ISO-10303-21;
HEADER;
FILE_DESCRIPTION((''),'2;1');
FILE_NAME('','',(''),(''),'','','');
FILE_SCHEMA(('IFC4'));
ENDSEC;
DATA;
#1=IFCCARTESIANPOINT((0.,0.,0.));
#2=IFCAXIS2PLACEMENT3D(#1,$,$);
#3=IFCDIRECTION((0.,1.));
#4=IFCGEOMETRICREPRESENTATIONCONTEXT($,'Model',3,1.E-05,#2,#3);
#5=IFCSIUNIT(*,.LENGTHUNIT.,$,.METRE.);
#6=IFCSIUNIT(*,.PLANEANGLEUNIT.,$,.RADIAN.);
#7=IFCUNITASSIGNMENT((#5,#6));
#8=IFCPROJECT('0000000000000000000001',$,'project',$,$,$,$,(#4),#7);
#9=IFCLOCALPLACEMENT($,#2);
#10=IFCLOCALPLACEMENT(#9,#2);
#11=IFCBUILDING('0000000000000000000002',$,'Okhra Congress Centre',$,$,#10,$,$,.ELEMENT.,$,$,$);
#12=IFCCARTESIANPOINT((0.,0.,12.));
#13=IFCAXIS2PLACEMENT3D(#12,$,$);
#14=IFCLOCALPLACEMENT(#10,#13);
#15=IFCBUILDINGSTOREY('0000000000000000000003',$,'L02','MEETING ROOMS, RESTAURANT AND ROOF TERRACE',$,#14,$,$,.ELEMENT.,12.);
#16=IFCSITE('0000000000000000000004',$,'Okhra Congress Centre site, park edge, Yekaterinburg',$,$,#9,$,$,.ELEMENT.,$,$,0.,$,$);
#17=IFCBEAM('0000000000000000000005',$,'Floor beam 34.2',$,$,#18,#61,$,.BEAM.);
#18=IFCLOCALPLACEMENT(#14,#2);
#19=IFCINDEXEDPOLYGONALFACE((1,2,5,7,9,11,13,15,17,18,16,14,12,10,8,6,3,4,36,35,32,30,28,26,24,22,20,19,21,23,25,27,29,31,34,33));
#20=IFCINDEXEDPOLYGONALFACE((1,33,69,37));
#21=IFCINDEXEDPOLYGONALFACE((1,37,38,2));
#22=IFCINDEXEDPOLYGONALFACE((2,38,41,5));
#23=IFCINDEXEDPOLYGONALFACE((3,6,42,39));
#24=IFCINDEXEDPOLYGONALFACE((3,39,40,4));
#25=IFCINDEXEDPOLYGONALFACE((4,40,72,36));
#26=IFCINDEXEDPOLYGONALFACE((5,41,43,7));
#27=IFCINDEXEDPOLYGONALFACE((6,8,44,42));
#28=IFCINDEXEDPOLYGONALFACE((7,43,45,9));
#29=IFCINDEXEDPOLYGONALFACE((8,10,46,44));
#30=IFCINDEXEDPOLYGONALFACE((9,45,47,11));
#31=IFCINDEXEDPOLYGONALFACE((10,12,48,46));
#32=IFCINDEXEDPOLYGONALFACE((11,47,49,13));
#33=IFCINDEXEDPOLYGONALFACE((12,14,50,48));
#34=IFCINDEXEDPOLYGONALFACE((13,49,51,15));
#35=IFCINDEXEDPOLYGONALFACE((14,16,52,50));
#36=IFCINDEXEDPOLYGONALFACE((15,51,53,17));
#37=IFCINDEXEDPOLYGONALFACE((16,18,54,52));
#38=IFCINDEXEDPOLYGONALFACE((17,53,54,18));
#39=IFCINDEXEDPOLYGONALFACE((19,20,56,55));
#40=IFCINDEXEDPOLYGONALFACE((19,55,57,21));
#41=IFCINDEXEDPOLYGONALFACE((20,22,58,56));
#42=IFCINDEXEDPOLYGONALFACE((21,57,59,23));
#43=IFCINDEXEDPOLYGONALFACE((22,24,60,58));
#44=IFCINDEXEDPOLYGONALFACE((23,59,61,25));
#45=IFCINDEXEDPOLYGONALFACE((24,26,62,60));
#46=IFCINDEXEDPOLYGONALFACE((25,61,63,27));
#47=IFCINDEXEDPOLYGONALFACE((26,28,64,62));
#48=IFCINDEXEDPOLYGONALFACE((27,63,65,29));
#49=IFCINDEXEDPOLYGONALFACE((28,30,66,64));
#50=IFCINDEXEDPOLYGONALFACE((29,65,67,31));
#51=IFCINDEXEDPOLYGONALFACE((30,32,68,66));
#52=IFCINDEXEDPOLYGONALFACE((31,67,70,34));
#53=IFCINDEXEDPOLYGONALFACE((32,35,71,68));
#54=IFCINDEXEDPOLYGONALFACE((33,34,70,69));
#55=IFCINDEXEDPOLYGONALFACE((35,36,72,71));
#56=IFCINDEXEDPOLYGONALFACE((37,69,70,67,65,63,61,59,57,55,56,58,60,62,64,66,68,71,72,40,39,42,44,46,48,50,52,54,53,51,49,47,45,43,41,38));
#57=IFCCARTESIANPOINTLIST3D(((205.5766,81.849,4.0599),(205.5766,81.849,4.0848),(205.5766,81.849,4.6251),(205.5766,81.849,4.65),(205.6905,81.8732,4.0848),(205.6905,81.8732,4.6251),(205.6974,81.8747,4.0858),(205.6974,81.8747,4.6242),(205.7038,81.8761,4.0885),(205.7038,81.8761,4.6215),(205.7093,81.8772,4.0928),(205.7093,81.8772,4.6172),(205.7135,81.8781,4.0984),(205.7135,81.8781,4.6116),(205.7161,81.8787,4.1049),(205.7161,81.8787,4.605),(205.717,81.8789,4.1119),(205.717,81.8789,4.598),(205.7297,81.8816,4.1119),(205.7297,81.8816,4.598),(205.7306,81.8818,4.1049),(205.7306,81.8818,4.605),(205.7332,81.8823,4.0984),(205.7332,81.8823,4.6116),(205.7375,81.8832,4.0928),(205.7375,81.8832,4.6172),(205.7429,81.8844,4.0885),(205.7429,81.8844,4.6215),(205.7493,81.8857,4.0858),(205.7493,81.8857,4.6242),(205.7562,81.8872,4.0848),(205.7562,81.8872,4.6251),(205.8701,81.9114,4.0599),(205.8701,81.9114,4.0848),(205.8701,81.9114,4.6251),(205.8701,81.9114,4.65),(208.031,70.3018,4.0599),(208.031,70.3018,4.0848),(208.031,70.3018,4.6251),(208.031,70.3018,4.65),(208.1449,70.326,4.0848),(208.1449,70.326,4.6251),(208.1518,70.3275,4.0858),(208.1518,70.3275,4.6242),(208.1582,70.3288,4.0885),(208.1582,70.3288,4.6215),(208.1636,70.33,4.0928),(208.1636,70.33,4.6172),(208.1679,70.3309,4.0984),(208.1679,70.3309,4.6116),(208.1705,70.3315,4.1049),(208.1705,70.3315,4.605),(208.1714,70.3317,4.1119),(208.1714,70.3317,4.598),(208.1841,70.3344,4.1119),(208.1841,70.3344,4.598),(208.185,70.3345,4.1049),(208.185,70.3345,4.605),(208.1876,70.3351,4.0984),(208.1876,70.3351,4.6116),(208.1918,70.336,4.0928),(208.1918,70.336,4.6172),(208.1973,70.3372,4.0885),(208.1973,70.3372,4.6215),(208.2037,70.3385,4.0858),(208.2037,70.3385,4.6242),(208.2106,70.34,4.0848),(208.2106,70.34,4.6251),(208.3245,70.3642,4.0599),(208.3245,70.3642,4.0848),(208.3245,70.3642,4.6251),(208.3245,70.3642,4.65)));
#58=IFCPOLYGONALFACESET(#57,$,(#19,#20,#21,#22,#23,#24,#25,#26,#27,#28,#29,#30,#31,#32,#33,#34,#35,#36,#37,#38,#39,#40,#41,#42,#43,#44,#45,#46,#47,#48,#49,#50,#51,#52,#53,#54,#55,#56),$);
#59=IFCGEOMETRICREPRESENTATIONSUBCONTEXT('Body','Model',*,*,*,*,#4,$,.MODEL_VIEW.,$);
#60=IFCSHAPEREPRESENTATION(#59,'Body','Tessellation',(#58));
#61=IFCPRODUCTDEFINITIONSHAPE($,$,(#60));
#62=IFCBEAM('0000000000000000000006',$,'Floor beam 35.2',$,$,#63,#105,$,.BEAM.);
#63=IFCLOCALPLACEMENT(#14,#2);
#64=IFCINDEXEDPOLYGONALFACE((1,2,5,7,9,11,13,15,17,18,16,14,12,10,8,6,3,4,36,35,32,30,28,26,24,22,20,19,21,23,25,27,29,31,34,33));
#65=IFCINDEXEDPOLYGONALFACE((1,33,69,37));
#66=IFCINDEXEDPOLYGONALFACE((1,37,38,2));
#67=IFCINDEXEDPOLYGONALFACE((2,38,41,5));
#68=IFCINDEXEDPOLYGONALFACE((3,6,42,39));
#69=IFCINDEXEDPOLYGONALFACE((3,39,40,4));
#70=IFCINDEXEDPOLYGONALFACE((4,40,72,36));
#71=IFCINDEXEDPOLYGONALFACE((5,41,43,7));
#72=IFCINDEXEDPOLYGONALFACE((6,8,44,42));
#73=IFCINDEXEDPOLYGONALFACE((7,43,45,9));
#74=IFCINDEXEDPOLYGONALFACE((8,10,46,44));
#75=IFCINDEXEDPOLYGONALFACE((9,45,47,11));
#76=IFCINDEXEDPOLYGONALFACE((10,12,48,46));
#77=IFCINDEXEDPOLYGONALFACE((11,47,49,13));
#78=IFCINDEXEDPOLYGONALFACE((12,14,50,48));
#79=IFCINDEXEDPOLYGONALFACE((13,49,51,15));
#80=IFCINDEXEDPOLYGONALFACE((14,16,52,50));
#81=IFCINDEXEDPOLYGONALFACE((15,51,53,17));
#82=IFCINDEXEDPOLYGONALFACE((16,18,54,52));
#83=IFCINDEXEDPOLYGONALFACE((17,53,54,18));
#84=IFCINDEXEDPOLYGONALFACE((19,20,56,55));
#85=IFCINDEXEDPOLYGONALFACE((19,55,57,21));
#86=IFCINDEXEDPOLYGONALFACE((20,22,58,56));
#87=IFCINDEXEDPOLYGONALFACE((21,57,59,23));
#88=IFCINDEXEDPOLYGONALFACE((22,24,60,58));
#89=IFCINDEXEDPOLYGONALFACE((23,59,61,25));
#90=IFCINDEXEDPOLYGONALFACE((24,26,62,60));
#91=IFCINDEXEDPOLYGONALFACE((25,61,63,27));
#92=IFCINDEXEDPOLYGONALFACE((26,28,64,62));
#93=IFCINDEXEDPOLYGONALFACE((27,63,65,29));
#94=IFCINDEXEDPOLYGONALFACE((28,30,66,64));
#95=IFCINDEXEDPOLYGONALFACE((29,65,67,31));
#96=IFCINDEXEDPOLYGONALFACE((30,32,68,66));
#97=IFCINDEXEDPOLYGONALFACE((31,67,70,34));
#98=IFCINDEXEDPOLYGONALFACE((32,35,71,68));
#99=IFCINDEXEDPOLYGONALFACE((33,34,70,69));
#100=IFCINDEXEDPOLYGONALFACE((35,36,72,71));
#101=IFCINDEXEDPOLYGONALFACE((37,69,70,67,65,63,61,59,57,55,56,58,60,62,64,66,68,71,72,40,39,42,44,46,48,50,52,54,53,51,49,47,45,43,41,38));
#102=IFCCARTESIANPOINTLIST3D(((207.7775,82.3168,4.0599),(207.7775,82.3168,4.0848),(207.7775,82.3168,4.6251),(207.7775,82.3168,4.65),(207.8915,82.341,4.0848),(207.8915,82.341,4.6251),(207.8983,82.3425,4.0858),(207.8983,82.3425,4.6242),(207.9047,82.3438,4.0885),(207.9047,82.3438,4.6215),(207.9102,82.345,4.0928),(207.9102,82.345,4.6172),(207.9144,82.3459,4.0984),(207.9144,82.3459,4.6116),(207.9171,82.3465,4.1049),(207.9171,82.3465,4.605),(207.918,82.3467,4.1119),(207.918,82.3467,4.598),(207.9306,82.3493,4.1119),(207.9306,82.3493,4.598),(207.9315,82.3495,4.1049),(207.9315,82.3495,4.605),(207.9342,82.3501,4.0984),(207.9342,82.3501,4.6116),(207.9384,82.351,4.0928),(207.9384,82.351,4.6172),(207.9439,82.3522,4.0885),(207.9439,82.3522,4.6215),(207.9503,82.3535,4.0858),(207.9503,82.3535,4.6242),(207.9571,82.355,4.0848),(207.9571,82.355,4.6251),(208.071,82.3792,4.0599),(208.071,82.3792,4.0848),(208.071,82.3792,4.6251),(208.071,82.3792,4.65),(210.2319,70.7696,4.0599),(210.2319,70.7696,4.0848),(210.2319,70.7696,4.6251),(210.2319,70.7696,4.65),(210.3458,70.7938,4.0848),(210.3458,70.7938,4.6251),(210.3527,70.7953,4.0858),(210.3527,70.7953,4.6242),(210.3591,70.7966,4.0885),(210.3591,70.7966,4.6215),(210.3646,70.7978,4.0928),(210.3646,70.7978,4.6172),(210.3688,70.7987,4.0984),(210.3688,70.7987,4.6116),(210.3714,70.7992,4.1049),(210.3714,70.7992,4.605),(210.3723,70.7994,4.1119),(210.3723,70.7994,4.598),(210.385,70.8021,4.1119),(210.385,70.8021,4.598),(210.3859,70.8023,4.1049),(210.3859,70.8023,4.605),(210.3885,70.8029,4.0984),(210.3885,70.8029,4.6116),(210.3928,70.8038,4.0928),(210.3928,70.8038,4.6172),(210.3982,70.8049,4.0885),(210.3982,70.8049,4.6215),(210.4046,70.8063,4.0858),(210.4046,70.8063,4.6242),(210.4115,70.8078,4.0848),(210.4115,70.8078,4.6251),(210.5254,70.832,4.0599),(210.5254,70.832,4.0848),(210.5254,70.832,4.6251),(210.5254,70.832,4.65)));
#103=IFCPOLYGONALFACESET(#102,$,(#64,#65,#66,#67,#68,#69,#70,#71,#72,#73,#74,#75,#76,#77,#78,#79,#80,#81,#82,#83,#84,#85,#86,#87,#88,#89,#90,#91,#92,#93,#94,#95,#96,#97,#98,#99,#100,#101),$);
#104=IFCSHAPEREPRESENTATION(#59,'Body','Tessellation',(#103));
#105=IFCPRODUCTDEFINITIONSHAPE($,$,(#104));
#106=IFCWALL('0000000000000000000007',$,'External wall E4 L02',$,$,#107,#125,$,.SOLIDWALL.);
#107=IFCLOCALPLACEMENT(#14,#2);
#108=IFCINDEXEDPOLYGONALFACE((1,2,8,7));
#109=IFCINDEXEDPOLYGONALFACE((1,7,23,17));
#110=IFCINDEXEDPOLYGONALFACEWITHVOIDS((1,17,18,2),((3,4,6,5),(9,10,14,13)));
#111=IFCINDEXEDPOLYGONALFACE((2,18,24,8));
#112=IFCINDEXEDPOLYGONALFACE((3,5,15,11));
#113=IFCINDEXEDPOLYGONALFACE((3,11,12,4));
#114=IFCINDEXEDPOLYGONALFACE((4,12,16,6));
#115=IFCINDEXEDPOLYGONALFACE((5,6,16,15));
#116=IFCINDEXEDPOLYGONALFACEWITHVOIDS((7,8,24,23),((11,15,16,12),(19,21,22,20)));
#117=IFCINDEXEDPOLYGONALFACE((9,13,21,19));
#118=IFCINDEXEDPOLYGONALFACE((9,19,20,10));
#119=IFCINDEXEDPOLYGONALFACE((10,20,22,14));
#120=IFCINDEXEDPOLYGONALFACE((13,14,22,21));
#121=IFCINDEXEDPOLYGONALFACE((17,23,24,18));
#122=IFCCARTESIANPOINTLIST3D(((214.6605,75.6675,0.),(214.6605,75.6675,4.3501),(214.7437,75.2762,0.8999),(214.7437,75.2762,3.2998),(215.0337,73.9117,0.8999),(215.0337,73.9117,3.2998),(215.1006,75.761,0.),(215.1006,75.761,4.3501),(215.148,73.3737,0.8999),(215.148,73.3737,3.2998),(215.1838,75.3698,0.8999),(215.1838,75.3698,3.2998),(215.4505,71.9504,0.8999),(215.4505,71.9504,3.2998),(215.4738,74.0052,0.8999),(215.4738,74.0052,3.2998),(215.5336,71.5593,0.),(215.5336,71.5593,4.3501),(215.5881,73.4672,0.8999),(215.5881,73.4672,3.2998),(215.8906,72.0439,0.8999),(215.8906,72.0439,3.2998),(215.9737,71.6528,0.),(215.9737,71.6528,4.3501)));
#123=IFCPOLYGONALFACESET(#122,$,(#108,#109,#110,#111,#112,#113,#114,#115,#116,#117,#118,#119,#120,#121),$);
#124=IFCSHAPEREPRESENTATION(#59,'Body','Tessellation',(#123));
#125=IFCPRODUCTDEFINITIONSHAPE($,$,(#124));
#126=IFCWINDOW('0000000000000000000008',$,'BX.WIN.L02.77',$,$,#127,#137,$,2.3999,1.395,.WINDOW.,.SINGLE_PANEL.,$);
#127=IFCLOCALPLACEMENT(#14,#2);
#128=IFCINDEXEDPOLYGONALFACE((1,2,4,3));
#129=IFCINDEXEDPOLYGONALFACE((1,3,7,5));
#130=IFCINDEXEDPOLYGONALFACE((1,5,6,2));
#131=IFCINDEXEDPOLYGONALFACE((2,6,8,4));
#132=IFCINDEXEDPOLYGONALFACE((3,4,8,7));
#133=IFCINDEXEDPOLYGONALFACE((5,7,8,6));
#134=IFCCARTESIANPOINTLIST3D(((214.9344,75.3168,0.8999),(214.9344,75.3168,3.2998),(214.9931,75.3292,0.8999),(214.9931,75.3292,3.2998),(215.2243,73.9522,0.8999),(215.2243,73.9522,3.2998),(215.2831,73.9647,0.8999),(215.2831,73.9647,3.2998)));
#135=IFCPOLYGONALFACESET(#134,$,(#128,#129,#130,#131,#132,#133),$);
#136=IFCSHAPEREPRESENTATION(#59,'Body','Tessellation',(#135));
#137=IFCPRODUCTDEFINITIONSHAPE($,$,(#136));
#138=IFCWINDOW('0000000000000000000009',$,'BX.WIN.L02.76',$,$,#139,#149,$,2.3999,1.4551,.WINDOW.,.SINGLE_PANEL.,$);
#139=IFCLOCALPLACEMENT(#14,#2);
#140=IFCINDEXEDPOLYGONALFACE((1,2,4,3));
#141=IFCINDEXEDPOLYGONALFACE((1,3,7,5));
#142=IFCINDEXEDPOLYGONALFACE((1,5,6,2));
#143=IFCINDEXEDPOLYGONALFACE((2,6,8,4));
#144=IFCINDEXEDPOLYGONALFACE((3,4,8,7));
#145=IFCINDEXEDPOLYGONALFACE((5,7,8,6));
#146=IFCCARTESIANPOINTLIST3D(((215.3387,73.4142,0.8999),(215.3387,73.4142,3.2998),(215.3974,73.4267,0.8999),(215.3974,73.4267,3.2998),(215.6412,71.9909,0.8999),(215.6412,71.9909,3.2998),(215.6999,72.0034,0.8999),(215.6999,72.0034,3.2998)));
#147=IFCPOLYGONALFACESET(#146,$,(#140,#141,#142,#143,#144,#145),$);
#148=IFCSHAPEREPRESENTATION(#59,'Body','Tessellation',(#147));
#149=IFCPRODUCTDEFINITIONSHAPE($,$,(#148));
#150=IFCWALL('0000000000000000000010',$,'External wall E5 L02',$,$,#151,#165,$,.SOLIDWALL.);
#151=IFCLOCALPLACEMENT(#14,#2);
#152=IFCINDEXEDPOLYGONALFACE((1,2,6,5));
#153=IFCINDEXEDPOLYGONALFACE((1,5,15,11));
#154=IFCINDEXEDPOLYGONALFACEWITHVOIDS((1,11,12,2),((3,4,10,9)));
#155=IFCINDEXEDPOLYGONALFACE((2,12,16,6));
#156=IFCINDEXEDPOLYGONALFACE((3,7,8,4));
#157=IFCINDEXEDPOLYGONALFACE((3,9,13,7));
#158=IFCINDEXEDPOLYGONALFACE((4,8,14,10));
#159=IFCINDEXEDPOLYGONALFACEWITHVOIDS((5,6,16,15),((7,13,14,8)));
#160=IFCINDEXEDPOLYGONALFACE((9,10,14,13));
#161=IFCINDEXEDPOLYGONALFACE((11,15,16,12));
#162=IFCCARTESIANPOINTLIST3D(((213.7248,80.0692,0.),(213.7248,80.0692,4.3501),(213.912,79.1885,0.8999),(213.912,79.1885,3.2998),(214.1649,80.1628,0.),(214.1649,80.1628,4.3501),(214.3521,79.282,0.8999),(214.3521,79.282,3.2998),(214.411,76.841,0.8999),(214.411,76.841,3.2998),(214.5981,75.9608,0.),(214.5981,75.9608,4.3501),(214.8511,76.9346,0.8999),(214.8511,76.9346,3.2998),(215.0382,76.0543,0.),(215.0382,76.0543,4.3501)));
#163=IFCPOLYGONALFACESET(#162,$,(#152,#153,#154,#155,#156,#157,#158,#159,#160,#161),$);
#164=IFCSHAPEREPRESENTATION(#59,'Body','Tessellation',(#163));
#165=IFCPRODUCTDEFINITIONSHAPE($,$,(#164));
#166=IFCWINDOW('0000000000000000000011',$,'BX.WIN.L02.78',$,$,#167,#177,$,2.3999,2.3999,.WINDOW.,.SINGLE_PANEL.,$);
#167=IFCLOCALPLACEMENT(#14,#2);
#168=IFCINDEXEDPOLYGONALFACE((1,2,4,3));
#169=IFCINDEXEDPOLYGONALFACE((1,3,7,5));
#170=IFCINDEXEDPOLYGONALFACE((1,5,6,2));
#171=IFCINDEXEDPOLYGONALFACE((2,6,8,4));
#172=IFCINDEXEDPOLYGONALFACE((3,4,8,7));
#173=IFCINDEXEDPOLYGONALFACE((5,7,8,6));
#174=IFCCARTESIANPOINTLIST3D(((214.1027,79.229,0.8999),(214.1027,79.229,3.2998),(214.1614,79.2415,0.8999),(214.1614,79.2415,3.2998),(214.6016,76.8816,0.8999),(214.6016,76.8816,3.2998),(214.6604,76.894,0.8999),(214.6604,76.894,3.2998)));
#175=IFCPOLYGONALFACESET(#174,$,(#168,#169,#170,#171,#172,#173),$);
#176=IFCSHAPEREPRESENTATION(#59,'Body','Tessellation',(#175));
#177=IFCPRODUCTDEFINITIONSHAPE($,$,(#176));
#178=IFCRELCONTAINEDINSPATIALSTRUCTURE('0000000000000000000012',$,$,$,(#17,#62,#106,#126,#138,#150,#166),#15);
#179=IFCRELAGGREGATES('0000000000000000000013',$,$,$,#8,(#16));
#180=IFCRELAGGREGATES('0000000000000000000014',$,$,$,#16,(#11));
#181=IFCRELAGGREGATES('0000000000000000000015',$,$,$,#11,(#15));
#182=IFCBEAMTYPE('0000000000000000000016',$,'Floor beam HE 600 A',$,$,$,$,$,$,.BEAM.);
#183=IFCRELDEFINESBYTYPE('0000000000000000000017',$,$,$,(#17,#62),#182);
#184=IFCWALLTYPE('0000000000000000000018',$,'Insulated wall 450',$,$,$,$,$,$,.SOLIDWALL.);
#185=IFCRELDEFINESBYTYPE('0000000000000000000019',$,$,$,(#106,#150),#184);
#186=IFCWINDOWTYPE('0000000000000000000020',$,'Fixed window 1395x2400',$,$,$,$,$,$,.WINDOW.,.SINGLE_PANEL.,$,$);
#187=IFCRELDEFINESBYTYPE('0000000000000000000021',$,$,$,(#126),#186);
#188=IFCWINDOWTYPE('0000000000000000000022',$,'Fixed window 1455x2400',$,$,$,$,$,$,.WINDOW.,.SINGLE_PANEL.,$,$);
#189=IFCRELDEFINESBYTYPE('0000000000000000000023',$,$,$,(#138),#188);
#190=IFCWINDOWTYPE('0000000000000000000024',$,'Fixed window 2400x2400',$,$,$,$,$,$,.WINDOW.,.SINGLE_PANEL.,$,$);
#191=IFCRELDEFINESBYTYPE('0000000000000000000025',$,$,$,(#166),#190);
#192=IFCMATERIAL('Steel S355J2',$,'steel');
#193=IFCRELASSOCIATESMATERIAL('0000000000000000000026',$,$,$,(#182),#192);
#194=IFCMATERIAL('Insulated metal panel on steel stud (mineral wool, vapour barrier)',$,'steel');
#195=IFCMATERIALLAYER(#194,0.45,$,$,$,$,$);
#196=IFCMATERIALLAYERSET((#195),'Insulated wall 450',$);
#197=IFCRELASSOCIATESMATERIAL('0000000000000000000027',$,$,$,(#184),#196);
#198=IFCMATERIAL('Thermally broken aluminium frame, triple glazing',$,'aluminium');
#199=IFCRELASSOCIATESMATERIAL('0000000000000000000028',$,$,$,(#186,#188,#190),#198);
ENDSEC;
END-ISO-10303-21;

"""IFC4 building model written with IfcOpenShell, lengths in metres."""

from ifc_helpers import new_model, si_unit, direction, frame, frame_2d, origin, origin_2d, place, context, subcontext, project, spatial, rectangle, i_section, extrude, material, layer, layer_set, material_profile, profile_set, type_object, element, fill, save


model = new_model("IFC4")

# Units and contexts
model_context = context("Model", 3, precision=1e-05, world=origin(), true_north=direction((0.0, 1.0)))
body_context = subcontext(model_context, "Body", "Model", "MODEL_VIEW")
ifc_project = project(units=[si_unit("LENGTHUNIT", "METRE"), si_unit("PLANEANGLEUNIT", "RADIAN")], contexts=[model_context])

# Site, building, storey
site_placement = place(None, origin())
site = spatial("IfcSite", under=ifc_project, at=site_placement, Name="Okhra Congress Centre site, park edge, Yekaterinburg", CompositionType="ELEMENT", RefElevation=0.0)
building_placement = place(site_placement, origin())
building = spatial("IfcBuilding", under=site, at=building_placement, Name="Okhra Congress Centre", CompositionType="ELEMENT")
storey_placement = place(building_placement, frame((0.0, 0.0, 12.0)))
storey = spatial("IfcBuildingStorey", under=building, at=storey_placement, Name="L02", Description="MEETING ROOMS, RESTAURANT AND ROOF TERRACE", CompositionType="ELEMENT", Elevation=12.0)

# Shared definitions
ifc_material_1 = material(Name="Steel S355J2", Category="steel")

# Beams
ifc_material_profile_1 = material_profile(ifc_material_1, i_section(OverallWidth=0.3, OverallDepth=0.5901, WebThickness=0.0129, FlangeThickness=0.0249, FilletRadius=0.0271, at=origin_2d()), Name="HE 600 A")
ifc_profile_set_1 = profile_set([ifc_material_profile_1], Name="Steel S355J2")
beam_type_1 = type_object("IfcBeamType", Name="Floor beam HE 600 A", PredefinedType="BEAM", material=ifc_profile_set_1)
for number, where, z_axis, x_axis, name in (
    (1, (208.1777, 70.333, 4.355), (-0.207906, 0.978149, 0.0), (-0.978149, -0.207906, 0.0), "Floor beam 34.2"),
    (2, (210.3787, 70.8008, 4.355), (-0.207906, 0.978149, 0.0), (-0.978149, -0.207906, 0.0), "Floor beam 35.2"),
):
    element("IfcBeam", number, at=place(storey_placement, frame(where, z_axis=z_axis, x_axis=x_axis)), inside=storey, type_object=beam_type_1, Name=name, PredefinedType="BEAM", context=body_context, shape_type="SweptSolid", body=[
        extrude(i_section(OverallWidth=0.3, OverallDepth=0.5901, WebThickness=0.0129, FlangeThickness=0.0249, FilletRadius=0.0271, at=origin_2d()), origin(), (0.0, 0.0, 1.0), 11.8052),
    ])

# Wall, openings, windows
ifc_material_2 = material(Name="Insulated metal panel on steel stud (mineral wool, vapour barrier)", Category="steel")
ifc_layer = layer(ifc_material_2, 0.45)
ifc_layer_set = layer_set([ifc_layer], Name="Insulated wall 450")
wall_type = type_object("IfcWallType", Name="Insulated wall 450", PredefinedType="SOLIDWALL", material=ifc_layer_set)
wall_1_placement = place(storey_placement, frame((215.7537, 71.606, 0.0), z_axis=(0.0, 0.0, 1.0), x_axis=(-0.207873, 0.978156, 0.0)))
wall_1 = element("IfcWall", 3, at=wall_1_placement, inside=storey, type_object=wall_type, Name="External wall E4 L02", PredefinedType="SOLIDWALL", context=body_context, shape_type="SweptSolid", body=[
    extrude(rectangle(XDim=4.2, YDim=0.45, at=frame_2d((2.1001, 0.0))), origin(), (0.0, 0.0, 1.0), 4.3501),
])
opening_1_placement = place(wall_1_placement, frame((0.3999, 0.0, 0.8999)))
opening_1 = element("IfcOpeningElement", 4, at=opening_1_placement, cuts=wall_1, PredefinedType="OPENING", context=body_context, shape_type="SweptSolid", body=[
    extrude(rectangle(XDim=1.4551, YDim=2.3999, at=frame_2d((0.7275, 1.2))), frame((0.0, 0.2349, 0.0), z_axis=(0.0, -1.0, 0.0), x_axis=(1.0, 0.0, 0.0)), (0.0, 0.0, 1.0), 0.47),
])
opening_2_placement = place(wall_1_placement, frame((2.405, 0.0, 0.8999)))
opening_2 = element("IfcOpeningElement", 5, at=opening_2_placement, cuts=wall_1, PredefinedType="OPENING", context=body_context, shape_type="SweptSolid", body=[
    extrude(rectangle(XDim=1.395, YDim=2.3999, at=frame_2d((0.6975, 1.2))), frame((0.0, 0.2349, 0.0), z_axis=(0.0, -1.0, 0.0), x_axis=(1.0, 0.0, 0.0)), (0.0, 0.0, 1.0), 0.47),
])
ifc_material_3 = material(Name="Thermally broken aluminium frame, triple glazing", Category="aluminium")
window_type_1 = type_object("IfcWindowType", Name="Fixed window 1395x2400", PartitioningType="SINGLE_PANEL", PredefinedType="WINDOW", material=ifc_material_3)
window_1_placement = place(opening_2_placement, origin())
window_1 = element("IfcWindow", 6, at=window_1_placement, inside=storey, type_object=window_type_1, Name="BX.WIN.L02.77", OverallHeight=2.3999, OverallWidth=1.395, PartitioningType="SINGLE_PANEL", PredefinedType="WINDOW", context=body_context, shape_type="SweptSolid", body=[
    extrude(rectangle(XDim=1.395, YDim=2.3999, at=frame_2d((0.6975, 1.2))), frame((0.0, 0.03, 0.0), z_axis=(0.0, -1.0, 0.0), x_axis=(1.0, 0.0, 0.0)), (0.0, 0.0, 1.0), 0.0601),
])
fill(opening_2, window_1)
window_type_2 = type_object("IfcWindowType", Name="Fixed window 1455x2400", PartitioningType="SINGLE_PANEL", PredefinedType="WINDOW", material=ifc_material_3)
window_2_placement = place(opening_1_placement, origin())
window_2 = element("IfcWindow", 7, at=window_2_placement, inside=storey, type_object=window_type_2, Name="BX.WIN.L02.76", OverallHeight=2.3999, OverallWidth=1.4551, PartitioningType="SINGLE_PANEL", PredefinedType="WINDOW", context=body_context, shape_type="SweptSolid", body=[
    extrude(rectangle(XDim=1.4551, YDim=2.3999, at=frame_2d((0.7275, 1.2))), frame((0.0, 0.03, 0.0), z_axis=(0.0, -1.0, 0.0), x_axis=(1.0, 0.0, 0.0)), (0.0, 0.0, 1.0), 0.0601),
])
fill(opening_1, window_2)

# Wall, opening, window
wall_2_placement = place(storey_placement, frame((214.8181, 76.0076, 0.0), z_axis=(0.0, 0.0, 1.0), x_axis=(-0.207917, 0.978146, 0.0)))
wall_2 = element("IfcWall", 8, at=wall_2_placement, inside=storey, type_object=wall_type, Name="External wall E5 L02", PredefinedType="SOLIDWALL", context=body_context, shape_type="SweptSolid", body=[
    extrude(rectangle(XDim=4.2002, YDim=0.45, at=frame_2d((2.1001, 0.0))), origin(), (0.0, 0.0, 1.0), 4.3501),
])
opening_3_placement = place(wall_2_placement, frame((0.8999, 0.0, 0.8999)))
opening_3 = element("IfcOpeningElement", 9, at=opening_3_placement, cuts=wall_2, PredefinedType="OPENING", context=body_context, shape_type="SweptSolid", body=[
    extrude(rectangle(XDim=2.3999, YDim=2.3999, at=frame_2d((1.2, 1.2))), frame((0.0, 0.2349, 0.0), z_axis=(0.0, -1.0, 0.0), x_axis=(1.0, 0.0, 0.0)), (0.0, 0.0, 1.0), 0.47),
])
window_type_3 = type_object("IfcWindowType", Name="Fixed window 2400x2400", PartitioningType="SINGLE_PANEL", PredefinedType="WINDOW", material=ifc_material_3)
window_3_placement = place(opening_3_placement, origin())
window_3 = element("IfcWindow", 10, at=window_3_placement, inside=storey, type_object=window_type_3, Name="BX.WIN.L02.78", OverallHeight=2.3999, OverallWidth=2.3999, PartitioningType="SINGLE_PANEL", PredefinedType="WINDOW", context=body_context, shape_type="SweptSolid", body=[
    extrude(rectangle(XDim=2.3999, YDim=2.3999, at=frame_2d((1.2, 1.2))), frame((0.0, 0.03, 0.0), z_axis=(0.0, -1.0, 0.0), x_axis=(1.0, 0.0, 0.0)), (0.0, 0.0, 1.0), 0.0601),
])
fill(opening_3, window_3)

save(model, "model.ifc")
